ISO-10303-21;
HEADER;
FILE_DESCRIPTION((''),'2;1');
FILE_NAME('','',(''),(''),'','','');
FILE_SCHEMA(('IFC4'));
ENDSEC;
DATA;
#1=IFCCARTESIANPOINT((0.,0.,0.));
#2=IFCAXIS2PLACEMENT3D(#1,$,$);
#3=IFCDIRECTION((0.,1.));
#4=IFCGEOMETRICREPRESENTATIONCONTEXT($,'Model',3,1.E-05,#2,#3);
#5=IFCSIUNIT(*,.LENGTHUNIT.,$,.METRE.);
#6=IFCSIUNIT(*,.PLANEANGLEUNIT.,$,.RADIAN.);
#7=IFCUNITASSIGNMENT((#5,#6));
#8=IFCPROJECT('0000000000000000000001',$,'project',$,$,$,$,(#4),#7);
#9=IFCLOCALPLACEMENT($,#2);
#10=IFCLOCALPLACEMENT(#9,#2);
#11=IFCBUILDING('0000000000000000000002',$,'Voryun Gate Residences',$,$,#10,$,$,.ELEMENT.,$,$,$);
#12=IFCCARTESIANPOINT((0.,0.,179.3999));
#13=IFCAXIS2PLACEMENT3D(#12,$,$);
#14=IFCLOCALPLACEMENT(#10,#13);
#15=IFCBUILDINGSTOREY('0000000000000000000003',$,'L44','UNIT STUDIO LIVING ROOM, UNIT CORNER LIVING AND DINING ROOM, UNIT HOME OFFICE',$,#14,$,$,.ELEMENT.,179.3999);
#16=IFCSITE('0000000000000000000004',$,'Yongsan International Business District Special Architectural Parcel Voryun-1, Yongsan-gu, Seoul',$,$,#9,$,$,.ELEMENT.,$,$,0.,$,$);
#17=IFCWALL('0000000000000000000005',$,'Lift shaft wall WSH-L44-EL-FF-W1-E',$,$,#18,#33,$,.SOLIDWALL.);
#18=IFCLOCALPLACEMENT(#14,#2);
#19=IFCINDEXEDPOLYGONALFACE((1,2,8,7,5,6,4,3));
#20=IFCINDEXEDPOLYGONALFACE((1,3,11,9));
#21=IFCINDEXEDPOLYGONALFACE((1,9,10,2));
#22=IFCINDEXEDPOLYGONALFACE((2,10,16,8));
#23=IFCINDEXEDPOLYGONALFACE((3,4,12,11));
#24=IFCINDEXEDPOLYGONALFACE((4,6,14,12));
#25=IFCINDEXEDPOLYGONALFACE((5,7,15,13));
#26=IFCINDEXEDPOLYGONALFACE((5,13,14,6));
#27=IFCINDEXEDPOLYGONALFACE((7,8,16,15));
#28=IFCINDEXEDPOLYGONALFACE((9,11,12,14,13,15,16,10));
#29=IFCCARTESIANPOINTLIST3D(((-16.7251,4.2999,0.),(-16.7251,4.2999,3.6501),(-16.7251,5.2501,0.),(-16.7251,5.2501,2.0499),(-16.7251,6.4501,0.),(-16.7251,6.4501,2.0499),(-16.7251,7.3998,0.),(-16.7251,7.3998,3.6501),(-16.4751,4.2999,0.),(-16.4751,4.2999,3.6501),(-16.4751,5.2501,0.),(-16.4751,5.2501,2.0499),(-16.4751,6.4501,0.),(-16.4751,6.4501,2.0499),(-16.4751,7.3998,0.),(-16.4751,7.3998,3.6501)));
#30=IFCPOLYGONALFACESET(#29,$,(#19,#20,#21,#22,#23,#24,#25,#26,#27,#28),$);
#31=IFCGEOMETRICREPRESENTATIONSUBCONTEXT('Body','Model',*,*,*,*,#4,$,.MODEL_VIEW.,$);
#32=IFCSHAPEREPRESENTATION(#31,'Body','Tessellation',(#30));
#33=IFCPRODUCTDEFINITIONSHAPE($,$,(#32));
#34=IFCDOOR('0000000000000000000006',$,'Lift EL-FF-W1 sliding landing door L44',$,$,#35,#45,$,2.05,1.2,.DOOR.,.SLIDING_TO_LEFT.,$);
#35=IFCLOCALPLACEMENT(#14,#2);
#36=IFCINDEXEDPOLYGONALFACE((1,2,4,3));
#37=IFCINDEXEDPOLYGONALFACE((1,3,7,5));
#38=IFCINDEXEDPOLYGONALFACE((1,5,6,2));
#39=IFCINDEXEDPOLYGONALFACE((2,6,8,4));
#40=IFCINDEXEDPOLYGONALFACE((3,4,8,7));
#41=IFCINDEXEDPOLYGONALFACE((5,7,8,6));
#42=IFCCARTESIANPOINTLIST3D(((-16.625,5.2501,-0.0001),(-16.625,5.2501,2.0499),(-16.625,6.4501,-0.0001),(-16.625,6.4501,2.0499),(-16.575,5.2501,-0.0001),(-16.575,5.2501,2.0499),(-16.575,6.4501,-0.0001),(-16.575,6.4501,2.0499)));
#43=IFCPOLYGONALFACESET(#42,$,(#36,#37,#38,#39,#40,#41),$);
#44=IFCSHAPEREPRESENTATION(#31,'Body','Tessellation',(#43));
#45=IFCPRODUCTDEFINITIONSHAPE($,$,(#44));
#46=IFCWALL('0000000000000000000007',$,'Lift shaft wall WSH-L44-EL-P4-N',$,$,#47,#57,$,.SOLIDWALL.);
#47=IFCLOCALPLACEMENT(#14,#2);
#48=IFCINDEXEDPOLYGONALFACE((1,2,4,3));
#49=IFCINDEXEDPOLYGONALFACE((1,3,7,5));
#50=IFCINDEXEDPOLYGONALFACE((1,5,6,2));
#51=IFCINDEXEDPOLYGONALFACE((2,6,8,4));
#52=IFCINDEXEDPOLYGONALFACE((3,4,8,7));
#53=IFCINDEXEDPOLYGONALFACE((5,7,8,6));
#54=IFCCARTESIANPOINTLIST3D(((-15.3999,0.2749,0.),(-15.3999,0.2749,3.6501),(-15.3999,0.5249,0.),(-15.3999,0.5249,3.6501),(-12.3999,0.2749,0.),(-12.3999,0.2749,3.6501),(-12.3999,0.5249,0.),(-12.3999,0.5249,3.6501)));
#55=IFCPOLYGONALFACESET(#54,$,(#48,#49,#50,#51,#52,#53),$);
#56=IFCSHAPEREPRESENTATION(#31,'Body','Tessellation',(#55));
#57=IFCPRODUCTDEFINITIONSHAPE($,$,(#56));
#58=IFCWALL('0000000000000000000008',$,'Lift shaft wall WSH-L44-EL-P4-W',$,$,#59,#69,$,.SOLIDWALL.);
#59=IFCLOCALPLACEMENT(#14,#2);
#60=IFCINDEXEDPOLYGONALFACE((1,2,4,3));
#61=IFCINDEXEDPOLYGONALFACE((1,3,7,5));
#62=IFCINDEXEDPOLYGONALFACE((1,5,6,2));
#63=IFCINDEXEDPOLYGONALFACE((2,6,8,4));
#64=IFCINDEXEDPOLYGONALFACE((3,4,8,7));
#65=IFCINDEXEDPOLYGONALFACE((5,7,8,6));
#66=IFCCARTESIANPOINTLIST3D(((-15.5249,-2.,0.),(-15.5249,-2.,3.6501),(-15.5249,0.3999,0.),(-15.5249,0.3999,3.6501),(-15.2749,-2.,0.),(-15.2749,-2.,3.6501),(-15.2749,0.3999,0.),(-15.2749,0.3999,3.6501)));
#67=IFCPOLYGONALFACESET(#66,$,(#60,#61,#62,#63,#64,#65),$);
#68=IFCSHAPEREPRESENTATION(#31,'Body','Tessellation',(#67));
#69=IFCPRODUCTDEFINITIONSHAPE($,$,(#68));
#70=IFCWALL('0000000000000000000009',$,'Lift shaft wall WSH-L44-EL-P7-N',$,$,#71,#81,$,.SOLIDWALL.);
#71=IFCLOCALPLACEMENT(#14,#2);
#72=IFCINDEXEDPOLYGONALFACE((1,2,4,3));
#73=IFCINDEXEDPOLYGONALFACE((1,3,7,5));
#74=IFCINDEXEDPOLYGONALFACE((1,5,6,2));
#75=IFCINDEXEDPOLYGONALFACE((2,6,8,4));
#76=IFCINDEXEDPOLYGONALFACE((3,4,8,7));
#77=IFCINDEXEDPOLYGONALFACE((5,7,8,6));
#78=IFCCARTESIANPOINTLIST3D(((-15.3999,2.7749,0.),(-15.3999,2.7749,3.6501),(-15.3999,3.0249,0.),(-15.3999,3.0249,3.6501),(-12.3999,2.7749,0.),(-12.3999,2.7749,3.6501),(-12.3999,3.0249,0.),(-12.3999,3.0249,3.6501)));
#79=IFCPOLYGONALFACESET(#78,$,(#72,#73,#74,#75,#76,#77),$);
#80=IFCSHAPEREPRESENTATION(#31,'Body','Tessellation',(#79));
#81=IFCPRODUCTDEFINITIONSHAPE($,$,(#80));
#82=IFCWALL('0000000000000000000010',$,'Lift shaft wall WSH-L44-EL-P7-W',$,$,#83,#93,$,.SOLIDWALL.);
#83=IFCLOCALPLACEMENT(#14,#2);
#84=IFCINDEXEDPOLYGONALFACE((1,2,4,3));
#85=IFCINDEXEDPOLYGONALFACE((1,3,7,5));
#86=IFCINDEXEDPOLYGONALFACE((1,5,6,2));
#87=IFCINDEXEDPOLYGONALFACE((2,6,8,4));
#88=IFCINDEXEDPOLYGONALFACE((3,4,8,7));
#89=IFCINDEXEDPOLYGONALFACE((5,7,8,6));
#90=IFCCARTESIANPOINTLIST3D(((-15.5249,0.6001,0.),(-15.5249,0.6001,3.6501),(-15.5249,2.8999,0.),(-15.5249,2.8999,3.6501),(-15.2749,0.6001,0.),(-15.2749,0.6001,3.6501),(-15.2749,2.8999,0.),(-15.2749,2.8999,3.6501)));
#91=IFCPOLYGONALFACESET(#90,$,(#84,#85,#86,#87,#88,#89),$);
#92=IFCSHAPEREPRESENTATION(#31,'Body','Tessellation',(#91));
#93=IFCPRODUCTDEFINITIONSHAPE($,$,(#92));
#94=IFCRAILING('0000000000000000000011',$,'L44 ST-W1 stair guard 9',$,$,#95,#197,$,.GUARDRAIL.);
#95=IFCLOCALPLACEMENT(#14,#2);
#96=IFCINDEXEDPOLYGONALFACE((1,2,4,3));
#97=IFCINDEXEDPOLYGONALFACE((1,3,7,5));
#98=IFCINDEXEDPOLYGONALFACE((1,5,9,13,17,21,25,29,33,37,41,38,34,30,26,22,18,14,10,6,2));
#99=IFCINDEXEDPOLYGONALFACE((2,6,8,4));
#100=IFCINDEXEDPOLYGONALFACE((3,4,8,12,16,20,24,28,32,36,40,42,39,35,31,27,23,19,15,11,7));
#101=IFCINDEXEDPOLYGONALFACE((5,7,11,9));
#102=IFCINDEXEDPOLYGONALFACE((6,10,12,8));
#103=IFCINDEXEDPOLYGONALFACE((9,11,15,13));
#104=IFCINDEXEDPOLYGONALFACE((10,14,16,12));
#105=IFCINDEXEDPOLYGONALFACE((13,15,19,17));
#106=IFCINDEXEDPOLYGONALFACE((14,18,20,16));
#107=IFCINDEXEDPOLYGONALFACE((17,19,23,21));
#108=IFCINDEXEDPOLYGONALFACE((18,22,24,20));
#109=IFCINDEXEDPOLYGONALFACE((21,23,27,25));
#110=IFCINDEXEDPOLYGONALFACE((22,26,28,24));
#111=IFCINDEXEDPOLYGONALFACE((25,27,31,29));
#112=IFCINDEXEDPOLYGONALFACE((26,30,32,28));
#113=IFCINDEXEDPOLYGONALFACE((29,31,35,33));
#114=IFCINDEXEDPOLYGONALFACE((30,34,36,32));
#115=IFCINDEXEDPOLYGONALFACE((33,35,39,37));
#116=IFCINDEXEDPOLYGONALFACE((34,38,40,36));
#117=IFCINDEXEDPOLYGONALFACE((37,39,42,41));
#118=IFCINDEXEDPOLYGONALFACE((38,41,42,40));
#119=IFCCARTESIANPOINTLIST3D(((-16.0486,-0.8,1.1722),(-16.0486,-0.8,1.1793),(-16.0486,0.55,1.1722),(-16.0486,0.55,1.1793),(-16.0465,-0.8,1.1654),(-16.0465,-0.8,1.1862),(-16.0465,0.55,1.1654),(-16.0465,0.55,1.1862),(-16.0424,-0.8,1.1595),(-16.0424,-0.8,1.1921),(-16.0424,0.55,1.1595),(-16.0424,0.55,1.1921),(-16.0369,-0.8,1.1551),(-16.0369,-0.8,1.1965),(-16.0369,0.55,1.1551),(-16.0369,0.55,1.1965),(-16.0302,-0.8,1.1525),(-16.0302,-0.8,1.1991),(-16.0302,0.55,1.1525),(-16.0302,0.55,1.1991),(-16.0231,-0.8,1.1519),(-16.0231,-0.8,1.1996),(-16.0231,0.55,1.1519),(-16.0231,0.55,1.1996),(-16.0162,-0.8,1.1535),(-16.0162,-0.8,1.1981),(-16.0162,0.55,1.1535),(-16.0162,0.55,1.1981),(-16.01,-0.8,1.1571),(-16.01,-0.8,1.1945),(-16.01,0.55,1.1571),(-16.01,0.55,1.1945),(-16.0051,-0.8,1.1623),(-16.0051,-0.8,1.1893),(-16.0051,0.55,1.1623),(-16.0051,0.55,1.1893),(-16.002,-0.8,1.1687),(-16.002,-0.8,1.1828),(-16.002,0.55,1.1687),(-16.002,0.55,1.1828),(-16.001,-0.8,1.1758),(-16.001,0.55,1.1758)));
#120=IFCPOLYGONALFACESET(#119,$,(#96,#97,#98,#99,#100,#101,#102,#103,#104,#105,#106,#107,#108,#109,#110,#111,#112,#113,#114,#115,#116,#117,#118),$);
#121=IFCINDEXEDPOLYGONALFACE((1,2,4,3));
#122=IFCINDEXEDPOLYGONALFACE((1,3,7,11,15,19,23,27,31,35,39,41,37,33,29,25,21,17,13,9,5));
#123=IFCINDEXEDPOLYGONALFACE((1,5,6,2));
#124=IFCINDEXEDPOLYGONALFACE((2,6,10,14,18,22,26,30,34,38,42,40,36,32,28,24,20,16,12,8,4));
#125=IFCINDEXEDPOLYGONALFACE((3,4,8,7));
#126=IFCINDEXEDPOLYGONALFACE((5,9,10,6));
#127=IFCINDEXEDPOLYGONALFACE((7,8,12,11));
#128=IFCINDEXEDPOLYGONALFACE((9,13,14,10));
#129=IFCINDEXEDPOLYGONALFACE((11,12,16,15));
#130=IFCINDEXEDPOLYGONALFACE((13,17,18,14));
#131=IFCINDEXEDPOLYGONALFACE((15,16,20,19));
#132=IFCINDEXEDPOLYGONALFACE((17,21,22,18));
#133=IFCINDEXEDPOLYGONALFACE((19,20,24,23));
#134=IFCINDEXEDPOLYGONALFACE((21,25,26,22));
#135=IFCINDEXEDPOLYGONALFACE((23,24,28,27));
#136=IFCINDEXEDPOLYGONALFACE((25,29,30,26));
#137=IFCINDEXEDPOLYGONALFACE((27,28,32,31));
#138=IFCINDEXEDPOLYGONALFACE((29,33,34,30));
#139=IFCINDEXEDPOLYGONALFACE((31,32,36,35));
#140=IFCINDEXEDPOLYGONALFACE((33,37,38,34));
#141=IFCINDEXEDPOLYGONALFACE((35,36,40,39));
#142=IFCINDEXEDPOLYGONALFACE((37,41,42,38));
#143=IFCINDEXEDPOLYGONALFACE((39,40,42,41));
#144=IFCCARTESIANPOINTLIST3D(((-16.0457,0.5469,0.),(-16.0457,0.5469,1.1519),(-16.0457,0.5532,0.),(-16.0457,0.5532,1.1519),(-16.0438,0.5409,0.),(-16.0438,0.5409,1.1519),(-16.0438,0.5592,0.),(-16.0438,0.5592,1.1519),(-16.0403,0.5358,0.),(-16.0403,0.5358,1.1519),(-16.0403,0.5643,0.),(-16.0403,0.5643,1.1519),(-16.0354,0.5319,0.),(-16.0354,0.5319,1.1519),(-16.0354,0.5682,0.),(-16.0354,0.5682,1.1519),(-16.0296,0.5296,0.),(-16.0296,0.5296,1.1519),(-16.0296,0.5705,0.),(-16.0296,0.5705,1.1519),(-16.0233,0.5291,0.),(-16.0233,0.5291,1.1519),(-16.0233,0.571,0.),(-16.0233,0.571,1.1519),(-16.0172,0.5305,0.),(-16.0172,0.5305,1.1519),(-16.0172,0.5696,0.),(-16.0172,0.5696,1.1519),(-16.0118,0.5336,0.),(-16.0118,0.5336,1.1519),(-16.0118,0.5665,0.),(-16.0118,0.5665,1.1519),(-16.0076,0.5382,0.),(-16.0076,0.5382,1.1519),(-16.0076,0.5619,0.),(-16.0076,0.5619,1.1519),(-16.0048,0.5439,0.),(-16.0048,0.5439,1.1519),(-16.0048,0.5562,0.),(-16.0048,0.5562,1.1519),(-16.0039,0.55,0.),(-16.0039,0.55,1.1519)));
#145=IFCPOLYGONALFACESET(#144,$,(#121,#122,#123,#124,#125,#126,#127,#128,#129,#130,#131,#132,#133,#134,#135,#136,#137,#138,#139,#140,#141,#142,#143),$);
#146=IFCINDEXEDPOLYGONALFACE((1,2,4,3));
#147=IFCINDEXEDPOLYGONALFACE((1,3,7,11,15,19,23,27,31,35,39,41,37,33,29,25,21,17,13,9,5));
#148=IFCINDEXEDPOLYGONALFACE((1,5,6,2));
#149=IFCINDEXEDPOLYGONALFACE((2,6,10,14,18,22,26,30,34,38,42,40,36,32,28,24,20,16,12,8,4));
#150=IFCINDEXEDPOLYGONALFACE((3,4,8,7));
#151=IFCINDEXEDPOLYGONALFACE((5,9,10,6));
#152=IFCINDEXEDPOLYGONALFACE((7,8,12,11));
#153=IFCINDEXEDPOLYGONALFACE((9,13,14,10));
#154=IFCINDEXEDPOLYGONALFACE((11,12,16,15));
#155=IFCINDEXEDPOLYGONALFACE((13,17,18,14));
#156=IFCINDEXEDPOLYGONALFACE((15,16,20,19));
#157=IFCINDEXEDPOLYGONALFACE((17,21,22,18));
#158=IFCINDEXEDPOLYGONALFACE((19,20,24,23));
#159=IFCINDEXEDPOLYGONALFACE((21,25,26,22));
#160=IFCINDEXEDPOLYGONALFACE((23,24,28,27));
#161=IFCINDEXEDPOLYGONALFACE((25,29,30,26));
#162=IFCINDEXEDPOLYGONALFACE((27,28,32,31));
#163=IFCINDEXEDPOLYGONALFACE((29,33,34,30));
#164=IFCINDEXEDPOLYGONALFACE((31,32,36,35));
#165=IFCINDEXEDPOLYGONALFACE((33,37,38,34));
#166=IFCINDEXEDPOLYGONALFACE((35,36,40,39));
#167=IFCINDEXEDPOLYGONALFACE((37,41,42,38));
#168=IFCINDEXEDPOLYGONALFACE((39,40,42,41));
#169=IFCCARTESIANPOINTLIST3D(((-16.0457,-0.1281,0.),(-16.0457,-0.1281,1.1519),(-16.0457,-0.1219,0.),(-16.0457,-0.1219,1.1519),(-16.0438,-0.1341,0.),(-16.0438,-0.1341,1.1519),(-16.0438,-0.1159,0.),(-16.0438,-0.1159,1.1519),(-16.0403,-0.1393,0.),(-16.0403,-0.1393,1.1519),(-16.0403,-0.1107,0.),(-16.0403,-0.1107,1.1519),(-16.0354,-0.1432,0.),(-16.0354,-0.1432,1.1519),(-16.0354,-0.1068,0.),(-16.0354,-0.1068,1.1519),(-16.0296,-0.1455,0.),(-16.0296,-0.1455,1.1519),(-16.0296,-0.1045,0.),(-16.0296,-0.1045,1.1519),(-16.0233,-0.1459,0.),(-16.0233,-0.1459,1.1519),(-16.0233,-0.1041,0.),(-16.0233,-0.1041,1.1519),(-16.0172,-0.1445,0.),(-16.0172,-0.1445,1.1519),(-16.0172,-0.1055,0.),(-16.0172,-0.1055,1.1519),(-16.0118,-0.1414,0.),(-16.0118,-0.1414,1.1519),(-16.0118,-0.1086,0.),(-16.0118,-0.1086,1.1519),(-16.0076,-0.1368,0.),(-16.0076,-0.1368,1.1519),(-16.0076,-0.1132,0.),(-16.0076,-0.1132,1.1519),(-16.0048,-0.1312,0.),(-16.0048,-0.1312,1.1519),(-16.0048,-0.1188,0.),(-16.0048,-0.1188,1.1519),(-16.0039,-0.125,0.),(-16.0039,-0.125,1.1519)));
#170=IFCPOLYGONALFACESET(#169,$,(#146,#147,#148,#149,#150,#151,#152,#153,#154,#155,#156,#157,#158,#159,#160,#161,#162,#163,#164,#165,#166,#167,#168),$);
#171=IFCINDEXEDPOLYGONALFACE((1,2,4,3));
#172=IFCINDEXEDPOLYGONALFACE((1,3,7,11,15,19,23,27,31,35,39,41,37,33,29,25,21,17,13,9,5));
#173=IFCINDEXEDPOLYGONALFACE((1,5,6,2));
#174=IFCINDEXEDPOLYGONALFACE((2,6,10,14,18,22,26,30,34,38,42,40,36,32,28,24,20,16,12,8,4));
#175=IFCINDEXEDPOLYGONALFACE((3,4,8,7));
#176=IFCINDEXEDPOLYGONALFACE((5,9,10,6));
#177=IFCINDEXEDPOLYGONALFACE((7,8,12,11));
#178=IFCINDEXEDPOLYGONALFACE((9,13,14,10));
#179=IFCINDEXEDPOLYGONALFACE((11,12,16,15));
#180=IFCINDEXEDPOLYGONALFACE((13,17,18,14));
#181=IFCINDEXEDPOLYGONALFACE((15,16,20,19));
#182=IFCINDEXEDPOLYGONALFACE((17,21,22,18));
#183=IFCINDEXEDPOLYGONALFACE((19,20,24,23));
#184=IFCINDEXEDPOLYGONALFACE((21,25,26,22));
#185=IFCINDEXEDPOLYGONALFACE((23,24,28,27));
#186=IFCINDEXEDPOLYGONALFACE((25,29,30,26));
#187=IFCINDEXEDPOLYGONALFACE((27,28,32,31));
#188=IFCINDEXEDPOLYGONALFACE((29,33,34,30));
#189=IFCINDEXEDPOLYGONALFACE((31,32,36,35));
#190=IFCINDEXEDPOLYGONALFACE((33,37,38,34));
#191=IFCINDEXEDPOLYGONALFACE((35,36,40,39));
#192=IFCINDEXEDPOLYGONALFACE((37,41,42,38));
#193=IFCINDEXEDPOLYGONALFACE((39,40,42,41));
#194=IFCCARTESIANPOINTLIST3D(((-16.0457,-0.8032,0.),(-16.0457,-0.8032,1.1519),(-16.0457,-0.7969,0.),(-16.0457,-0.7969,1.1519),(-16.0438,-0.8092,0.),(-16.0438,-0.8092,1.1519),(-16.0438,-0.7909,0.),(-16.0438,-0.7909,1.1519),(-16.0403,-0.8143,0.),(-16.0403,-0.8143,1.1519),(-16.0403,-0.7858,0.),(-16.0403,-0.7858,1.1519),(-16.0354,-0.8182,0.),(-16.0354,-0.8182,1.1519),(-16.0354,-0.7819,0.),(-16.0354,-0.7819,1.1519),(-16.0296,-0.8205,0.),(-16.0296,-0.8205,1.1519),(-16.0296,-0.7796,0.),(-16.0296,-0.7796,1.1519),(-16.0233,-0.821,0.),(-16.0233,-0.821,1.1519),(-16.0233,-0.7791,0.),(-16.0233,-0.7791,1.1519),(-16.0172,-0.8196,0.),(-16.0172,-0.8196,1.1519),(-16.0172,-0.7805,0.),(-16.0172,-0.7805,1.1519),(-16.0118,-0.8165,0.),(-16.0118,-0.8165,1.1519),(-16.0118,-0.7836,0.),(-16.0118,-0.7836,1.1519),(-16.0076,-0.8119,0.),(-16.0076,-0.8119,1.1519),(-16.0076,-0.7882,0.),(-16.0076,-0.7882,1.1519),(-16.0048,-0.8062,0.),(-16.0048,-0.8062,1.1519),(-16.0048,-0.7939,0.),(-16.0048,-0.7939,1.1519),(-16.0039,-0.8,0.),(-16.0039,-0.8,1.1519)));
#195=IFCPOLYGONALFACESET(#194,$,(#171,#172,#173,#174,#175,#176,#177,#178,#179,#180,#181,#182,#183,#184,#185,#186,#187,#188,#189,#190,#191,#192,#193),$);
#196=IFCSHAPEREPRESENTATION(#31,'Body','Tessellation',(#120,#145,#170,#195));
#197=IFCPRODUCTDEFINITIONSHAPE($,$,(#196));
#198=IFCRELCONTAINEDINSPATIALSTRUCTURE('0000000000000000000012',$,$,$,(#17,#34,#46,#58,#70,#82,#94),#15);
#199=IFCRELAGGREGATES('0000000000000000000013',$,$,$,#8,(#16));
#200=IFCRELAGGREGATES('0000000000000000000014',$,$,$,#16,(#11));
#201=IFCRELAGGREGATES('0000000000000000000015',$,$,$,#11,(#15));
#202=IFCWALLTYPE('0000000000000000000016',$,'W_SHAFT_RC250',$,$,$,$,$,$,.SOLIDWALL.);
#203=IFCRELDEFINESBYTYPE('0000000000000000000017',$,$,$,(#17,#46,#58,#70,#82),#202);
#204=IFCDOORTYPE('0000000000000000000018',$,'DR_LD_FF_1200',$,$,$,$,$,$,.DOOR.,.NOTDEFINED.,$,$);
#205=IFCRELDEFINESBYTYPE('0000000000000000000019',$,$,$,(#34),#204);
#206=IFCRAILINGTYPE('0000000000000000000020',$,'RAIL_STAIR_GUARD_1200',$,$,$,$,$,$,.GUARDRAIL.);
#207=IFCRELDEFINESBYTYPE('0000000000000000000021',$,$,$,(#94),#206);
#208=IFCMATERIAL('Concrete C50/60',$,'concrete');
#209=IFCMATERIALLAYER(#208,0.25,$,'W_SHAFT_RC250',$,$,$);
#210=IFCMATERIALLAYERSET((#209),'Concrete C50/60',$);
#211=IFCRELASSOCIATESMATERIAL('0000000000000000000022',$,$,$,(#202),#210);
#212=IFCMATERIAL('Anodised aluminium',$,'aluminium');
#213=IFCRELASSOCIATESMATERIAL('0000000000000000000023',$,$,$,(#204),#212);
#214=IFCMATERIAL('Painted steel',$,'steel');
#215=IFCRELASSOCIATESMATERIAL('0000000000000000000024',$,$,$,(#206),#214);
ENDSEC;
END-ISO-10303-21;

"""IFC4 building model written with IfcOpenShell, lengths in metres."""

from ifc_helpers import new_model, si_unit, direction, frame, frame_2d, origin, origin_2d, place, context, subcontext, project, spatial, rectangle, circle, extrude, material, layer, layer_set, type_object, element, fill, save


model = new_model("IFC4")

# Units and contexts
model_context = context("Model", 3, precision=1e-05, world=origin(), true_north=direction((0.0, 1.0)))
body_context = subcontext(model_context, "Body", "Model", "MODEL_VIEW")
ifc_project = project(units=[si_unit("LENGTHUNIT", "METRE"), si_unit("PLANEANGLEUNIT", "RADIAN")], contexts=[model_context])

# Site, building, storey
site_placement = place(None, origin())
site = spatial("IfcSite", under=ifc_project, at=site_placement, Name="Yongsan International Business District Special Architectural Parcel Voryun-1, Yongsan-gu, Seoul", CompositionType="ELEMENT", RefElevation=0.0)
building_placement = place(site_placement, origin())
building = spatial("IfcBuilding", under=site, at=building_placement, Name="Voryun Gate Residences", CompositionType="ELEMENT")
storey_placement = place(building_placement, frame((0.0, 0.0, 179.3999)))
storey = spatial("IfcBuildingStorey", under=building, at=storey_placement, Name="L44", Description="UNIT STUDIO LIVING ROOM, UNIT CORNER LIVING AND DINING ROOM, UNIT HOME OFFICE", CompositionType="ELEMENT", Elevation=179.3999)

# Wall, opening, door
ifc_material_1 = material(Name="Concrete C50/60", Category="concrete")
ifc_layer_1 = layer(ifc_material_1, 0.25, Name="W_SHAFT_RC250")
ifc_layer_set_1 = layer_set([ifc_layer_1], Name="Concrete C50/60")
wall_type_1 = type_object("IfcWallType", Name="W_SHAFT_RC250", PredefinedType="SOLIDWALL", material=ifc_layer_set_1)
wall_1_placement = place(storey_placement, frame((-16.6001, 4.3, 0.0), z_axis=(0.0, 0.0, 1.0), x_axis=(0.0, 1.0, 0.0)))
wall_1 = element("IfcWall", 1, at=wall_1_placement, inside=storey, type_object=wall_type_1, Name="Lift shaft wall WSH-L44-EL-FF-W1-E", PredefinedType="SOLIDWALL", context=body_context, shape_type="SweptSolid", body=[
    extrude(rectangle(XDim=3.0999, YDim=0.25, at=frame_2d((1.5498, 0.0))), origin(), (0.0, 0.0, 1.0), 3.6501),
])
opening_1_placement = place(wall_1_placement, frame((0.95, 0.0, 0.0)))
opening_1 = element("IfcOpeningElement", 2, at=opening_1_placement, cuts=wall_1, PredefinedType="OPENING", context=body_context, shape_type="SweptSolid", body=[
    extrude(rectangle(XDim=1.2, YDim=2.05, at=frame_2d((0.6001, 1.0249))), frame((0.0, 0.135, 0.0), z_axis=(0.0, -1.0, 0.0), x_axis=(1.0, 0.0, 0.0)), (0.0, 0.0, 1.0), 0.27),
])
ifc_material_2 = material(Name="Anodised aluminium", Category="aluminium")
door_type_1 = type_object("IfcDoorType", Name="DR_LD_FF_1200", OperationType="NOTDEFINED", PredefinedType="DOOR", material=ifc_material_2)
door_1_placement = place(opening_1_placement, origin())
door_1 = element("IfcDoor", 3, at=door_1_placement, inside=storey, type_object=door_type_1, Name="Lift EL-FF-W1 sliding landing door L44", OperationType="SLIDING_TO_LEFT", OverallHeight=2.05, OverallWidth=1.2, PredefinedType="DOOR", context=body_context, shape_type="SweptSolid", body=[
    extrude(rectangle(XDim=1.2, YDim=2.05, at=frame_2d((0.6001, 1.0249))), frame((0.0, 0.0249, 0.0), z_axis=(0.0, -1.0, 0.0), x_axis=(1.0, 0.0, 0.0)), (0.0, 0.0, 1.0), 0.05),
])
fill(opening_1, door_1)

# Walls
wall_2_placement = place(storey_placement, frame((-12.3999, 0.3999, 0.0), z_axis=(0.0, 0.0, 1.0), x_axis=(-1.0, 0.0, 0.0)))
element("IfcWall", 4, at=wall_2_placement, inside=storey, type_object=wall_type_1, Name="Lift shaft wall WSH-L44-EL-P4-N", PredefinedType="SOLIDWALL", context=body_context, shape_type="SweptSolid", body=[
    extrude(rectangle(XDim=3.0, YDim=0.25, at=frame_2d((1.5, 0.0))), origin(), (0.0, 0.0, 1.0), 3.6501),
])
wall_3_placement = place(storey_placement, frame((-15.3999, 0.3999, 0.0), z_axis=(0.0, 0.0, 1.0), x_axis=(0.0, -1.0, 0.0)))
element("IfcWall", 5, at=wall_3_placement, inside=storey, type_object=wall_type_1, Name="Lift shaft wall WSH-L44-EL-P4-W", PredefinedType="SOLIDWALL", context=body_context, shape_type="SweptSolid", body=[
    extrude(rectangle(XDim=2.3999, YDim=0.25, at=frame_2d((1.2, 0.0))), origin(), (0.0, 0.0, 1.0), 3.6501),
])
wall_4_placement = place(storey_placement, frame((-12.3999, 2.8999, 0.0), z_axis=(0.0, 0.0, 1.0), x_axis=(-1.0, 0.0, 0.0)))
element("IfcWall", 6, at=wall_4_placement, inside=storey, type_object=wall_type_1, Name="Lift shaft wall WSH-L44-EL-P7-N", PredefinedType="SOLIDWALL", context=body_context, shape_type="SweptSolid", body=[
    extrude(rectangle(XDim=3.0, YDim=0.25, at=frame_2d((1.5, 0.0))), origin(), (0.0, 0.0, 1.0), 3.6501),
])
wall_5_placement = place(storey_placement, frame((-15.3999, 2.8999, 0.0), z_axis=(0.0, 0.0, 1.0), x_axis=(0.0, -1.0, 0.0)))
element("IfcWall", 7, at=wall_5_placement, inside=storey, type_object=wall_type_1, Name="Lift shaft wall WSH-L44-EL-P7-W", PredefinedType="SOLIDWALL", context=body_context, shape_type="SweptSolid", body=[
    extrude(rectangle(XDim=2.2998, YDim=0.25, at=frame_2d((1.1499, 0.0))), origin(), (0.0, 0.0, 1.0), 3.6501),
])

# Railing
ifc_material_3 = material(Name="Painted steel", Category="steel")
railing_type = type_object("IfcRailingType", Name="RAIL_STAIR_GUARD_1200", PredefinedType="GUARDRAIL", material=ifc_material_3)
railing_1_placement = place(storey_placement, frame((-16.0249, 0.55, 0.0)))
element("IfcRailing", 8, at=railing_1_placement, inside=storey, type_object=railing_type, Name="L44 ST-W1 stair guard 9", PredefinedType="GUARDRAIL", context=body_context, shape_type="SweptSolid", body=[
    extrude(circle(Radius=0.0239, at=origin_2d()), frame((0.0, 0.0, 1.1758), z_axis=(0.0, -1.0, 0.0), x_axis=(1.0, 0.0, 0.0)), (0.0, 0.0, 1.0), 1.3501),
    extrude(circle(Radius=0.021, at=origin_2d()), origin(), (0.0, 0.0, 1.0), 1.1519),
    extrude(circle(Radius=0.021, at=origin_2d()), frame((0.0, -0.675, 0.0)), (0.0, 0.0, 1.0), 1.1519),
    extrude(circle(Radius=0.021, at=origin_2d()), frame((0.0, -1.3501, 0.0)), (0.0, 0.0, 1.0), 1.1519),
])

save(model, "model.ifc")
